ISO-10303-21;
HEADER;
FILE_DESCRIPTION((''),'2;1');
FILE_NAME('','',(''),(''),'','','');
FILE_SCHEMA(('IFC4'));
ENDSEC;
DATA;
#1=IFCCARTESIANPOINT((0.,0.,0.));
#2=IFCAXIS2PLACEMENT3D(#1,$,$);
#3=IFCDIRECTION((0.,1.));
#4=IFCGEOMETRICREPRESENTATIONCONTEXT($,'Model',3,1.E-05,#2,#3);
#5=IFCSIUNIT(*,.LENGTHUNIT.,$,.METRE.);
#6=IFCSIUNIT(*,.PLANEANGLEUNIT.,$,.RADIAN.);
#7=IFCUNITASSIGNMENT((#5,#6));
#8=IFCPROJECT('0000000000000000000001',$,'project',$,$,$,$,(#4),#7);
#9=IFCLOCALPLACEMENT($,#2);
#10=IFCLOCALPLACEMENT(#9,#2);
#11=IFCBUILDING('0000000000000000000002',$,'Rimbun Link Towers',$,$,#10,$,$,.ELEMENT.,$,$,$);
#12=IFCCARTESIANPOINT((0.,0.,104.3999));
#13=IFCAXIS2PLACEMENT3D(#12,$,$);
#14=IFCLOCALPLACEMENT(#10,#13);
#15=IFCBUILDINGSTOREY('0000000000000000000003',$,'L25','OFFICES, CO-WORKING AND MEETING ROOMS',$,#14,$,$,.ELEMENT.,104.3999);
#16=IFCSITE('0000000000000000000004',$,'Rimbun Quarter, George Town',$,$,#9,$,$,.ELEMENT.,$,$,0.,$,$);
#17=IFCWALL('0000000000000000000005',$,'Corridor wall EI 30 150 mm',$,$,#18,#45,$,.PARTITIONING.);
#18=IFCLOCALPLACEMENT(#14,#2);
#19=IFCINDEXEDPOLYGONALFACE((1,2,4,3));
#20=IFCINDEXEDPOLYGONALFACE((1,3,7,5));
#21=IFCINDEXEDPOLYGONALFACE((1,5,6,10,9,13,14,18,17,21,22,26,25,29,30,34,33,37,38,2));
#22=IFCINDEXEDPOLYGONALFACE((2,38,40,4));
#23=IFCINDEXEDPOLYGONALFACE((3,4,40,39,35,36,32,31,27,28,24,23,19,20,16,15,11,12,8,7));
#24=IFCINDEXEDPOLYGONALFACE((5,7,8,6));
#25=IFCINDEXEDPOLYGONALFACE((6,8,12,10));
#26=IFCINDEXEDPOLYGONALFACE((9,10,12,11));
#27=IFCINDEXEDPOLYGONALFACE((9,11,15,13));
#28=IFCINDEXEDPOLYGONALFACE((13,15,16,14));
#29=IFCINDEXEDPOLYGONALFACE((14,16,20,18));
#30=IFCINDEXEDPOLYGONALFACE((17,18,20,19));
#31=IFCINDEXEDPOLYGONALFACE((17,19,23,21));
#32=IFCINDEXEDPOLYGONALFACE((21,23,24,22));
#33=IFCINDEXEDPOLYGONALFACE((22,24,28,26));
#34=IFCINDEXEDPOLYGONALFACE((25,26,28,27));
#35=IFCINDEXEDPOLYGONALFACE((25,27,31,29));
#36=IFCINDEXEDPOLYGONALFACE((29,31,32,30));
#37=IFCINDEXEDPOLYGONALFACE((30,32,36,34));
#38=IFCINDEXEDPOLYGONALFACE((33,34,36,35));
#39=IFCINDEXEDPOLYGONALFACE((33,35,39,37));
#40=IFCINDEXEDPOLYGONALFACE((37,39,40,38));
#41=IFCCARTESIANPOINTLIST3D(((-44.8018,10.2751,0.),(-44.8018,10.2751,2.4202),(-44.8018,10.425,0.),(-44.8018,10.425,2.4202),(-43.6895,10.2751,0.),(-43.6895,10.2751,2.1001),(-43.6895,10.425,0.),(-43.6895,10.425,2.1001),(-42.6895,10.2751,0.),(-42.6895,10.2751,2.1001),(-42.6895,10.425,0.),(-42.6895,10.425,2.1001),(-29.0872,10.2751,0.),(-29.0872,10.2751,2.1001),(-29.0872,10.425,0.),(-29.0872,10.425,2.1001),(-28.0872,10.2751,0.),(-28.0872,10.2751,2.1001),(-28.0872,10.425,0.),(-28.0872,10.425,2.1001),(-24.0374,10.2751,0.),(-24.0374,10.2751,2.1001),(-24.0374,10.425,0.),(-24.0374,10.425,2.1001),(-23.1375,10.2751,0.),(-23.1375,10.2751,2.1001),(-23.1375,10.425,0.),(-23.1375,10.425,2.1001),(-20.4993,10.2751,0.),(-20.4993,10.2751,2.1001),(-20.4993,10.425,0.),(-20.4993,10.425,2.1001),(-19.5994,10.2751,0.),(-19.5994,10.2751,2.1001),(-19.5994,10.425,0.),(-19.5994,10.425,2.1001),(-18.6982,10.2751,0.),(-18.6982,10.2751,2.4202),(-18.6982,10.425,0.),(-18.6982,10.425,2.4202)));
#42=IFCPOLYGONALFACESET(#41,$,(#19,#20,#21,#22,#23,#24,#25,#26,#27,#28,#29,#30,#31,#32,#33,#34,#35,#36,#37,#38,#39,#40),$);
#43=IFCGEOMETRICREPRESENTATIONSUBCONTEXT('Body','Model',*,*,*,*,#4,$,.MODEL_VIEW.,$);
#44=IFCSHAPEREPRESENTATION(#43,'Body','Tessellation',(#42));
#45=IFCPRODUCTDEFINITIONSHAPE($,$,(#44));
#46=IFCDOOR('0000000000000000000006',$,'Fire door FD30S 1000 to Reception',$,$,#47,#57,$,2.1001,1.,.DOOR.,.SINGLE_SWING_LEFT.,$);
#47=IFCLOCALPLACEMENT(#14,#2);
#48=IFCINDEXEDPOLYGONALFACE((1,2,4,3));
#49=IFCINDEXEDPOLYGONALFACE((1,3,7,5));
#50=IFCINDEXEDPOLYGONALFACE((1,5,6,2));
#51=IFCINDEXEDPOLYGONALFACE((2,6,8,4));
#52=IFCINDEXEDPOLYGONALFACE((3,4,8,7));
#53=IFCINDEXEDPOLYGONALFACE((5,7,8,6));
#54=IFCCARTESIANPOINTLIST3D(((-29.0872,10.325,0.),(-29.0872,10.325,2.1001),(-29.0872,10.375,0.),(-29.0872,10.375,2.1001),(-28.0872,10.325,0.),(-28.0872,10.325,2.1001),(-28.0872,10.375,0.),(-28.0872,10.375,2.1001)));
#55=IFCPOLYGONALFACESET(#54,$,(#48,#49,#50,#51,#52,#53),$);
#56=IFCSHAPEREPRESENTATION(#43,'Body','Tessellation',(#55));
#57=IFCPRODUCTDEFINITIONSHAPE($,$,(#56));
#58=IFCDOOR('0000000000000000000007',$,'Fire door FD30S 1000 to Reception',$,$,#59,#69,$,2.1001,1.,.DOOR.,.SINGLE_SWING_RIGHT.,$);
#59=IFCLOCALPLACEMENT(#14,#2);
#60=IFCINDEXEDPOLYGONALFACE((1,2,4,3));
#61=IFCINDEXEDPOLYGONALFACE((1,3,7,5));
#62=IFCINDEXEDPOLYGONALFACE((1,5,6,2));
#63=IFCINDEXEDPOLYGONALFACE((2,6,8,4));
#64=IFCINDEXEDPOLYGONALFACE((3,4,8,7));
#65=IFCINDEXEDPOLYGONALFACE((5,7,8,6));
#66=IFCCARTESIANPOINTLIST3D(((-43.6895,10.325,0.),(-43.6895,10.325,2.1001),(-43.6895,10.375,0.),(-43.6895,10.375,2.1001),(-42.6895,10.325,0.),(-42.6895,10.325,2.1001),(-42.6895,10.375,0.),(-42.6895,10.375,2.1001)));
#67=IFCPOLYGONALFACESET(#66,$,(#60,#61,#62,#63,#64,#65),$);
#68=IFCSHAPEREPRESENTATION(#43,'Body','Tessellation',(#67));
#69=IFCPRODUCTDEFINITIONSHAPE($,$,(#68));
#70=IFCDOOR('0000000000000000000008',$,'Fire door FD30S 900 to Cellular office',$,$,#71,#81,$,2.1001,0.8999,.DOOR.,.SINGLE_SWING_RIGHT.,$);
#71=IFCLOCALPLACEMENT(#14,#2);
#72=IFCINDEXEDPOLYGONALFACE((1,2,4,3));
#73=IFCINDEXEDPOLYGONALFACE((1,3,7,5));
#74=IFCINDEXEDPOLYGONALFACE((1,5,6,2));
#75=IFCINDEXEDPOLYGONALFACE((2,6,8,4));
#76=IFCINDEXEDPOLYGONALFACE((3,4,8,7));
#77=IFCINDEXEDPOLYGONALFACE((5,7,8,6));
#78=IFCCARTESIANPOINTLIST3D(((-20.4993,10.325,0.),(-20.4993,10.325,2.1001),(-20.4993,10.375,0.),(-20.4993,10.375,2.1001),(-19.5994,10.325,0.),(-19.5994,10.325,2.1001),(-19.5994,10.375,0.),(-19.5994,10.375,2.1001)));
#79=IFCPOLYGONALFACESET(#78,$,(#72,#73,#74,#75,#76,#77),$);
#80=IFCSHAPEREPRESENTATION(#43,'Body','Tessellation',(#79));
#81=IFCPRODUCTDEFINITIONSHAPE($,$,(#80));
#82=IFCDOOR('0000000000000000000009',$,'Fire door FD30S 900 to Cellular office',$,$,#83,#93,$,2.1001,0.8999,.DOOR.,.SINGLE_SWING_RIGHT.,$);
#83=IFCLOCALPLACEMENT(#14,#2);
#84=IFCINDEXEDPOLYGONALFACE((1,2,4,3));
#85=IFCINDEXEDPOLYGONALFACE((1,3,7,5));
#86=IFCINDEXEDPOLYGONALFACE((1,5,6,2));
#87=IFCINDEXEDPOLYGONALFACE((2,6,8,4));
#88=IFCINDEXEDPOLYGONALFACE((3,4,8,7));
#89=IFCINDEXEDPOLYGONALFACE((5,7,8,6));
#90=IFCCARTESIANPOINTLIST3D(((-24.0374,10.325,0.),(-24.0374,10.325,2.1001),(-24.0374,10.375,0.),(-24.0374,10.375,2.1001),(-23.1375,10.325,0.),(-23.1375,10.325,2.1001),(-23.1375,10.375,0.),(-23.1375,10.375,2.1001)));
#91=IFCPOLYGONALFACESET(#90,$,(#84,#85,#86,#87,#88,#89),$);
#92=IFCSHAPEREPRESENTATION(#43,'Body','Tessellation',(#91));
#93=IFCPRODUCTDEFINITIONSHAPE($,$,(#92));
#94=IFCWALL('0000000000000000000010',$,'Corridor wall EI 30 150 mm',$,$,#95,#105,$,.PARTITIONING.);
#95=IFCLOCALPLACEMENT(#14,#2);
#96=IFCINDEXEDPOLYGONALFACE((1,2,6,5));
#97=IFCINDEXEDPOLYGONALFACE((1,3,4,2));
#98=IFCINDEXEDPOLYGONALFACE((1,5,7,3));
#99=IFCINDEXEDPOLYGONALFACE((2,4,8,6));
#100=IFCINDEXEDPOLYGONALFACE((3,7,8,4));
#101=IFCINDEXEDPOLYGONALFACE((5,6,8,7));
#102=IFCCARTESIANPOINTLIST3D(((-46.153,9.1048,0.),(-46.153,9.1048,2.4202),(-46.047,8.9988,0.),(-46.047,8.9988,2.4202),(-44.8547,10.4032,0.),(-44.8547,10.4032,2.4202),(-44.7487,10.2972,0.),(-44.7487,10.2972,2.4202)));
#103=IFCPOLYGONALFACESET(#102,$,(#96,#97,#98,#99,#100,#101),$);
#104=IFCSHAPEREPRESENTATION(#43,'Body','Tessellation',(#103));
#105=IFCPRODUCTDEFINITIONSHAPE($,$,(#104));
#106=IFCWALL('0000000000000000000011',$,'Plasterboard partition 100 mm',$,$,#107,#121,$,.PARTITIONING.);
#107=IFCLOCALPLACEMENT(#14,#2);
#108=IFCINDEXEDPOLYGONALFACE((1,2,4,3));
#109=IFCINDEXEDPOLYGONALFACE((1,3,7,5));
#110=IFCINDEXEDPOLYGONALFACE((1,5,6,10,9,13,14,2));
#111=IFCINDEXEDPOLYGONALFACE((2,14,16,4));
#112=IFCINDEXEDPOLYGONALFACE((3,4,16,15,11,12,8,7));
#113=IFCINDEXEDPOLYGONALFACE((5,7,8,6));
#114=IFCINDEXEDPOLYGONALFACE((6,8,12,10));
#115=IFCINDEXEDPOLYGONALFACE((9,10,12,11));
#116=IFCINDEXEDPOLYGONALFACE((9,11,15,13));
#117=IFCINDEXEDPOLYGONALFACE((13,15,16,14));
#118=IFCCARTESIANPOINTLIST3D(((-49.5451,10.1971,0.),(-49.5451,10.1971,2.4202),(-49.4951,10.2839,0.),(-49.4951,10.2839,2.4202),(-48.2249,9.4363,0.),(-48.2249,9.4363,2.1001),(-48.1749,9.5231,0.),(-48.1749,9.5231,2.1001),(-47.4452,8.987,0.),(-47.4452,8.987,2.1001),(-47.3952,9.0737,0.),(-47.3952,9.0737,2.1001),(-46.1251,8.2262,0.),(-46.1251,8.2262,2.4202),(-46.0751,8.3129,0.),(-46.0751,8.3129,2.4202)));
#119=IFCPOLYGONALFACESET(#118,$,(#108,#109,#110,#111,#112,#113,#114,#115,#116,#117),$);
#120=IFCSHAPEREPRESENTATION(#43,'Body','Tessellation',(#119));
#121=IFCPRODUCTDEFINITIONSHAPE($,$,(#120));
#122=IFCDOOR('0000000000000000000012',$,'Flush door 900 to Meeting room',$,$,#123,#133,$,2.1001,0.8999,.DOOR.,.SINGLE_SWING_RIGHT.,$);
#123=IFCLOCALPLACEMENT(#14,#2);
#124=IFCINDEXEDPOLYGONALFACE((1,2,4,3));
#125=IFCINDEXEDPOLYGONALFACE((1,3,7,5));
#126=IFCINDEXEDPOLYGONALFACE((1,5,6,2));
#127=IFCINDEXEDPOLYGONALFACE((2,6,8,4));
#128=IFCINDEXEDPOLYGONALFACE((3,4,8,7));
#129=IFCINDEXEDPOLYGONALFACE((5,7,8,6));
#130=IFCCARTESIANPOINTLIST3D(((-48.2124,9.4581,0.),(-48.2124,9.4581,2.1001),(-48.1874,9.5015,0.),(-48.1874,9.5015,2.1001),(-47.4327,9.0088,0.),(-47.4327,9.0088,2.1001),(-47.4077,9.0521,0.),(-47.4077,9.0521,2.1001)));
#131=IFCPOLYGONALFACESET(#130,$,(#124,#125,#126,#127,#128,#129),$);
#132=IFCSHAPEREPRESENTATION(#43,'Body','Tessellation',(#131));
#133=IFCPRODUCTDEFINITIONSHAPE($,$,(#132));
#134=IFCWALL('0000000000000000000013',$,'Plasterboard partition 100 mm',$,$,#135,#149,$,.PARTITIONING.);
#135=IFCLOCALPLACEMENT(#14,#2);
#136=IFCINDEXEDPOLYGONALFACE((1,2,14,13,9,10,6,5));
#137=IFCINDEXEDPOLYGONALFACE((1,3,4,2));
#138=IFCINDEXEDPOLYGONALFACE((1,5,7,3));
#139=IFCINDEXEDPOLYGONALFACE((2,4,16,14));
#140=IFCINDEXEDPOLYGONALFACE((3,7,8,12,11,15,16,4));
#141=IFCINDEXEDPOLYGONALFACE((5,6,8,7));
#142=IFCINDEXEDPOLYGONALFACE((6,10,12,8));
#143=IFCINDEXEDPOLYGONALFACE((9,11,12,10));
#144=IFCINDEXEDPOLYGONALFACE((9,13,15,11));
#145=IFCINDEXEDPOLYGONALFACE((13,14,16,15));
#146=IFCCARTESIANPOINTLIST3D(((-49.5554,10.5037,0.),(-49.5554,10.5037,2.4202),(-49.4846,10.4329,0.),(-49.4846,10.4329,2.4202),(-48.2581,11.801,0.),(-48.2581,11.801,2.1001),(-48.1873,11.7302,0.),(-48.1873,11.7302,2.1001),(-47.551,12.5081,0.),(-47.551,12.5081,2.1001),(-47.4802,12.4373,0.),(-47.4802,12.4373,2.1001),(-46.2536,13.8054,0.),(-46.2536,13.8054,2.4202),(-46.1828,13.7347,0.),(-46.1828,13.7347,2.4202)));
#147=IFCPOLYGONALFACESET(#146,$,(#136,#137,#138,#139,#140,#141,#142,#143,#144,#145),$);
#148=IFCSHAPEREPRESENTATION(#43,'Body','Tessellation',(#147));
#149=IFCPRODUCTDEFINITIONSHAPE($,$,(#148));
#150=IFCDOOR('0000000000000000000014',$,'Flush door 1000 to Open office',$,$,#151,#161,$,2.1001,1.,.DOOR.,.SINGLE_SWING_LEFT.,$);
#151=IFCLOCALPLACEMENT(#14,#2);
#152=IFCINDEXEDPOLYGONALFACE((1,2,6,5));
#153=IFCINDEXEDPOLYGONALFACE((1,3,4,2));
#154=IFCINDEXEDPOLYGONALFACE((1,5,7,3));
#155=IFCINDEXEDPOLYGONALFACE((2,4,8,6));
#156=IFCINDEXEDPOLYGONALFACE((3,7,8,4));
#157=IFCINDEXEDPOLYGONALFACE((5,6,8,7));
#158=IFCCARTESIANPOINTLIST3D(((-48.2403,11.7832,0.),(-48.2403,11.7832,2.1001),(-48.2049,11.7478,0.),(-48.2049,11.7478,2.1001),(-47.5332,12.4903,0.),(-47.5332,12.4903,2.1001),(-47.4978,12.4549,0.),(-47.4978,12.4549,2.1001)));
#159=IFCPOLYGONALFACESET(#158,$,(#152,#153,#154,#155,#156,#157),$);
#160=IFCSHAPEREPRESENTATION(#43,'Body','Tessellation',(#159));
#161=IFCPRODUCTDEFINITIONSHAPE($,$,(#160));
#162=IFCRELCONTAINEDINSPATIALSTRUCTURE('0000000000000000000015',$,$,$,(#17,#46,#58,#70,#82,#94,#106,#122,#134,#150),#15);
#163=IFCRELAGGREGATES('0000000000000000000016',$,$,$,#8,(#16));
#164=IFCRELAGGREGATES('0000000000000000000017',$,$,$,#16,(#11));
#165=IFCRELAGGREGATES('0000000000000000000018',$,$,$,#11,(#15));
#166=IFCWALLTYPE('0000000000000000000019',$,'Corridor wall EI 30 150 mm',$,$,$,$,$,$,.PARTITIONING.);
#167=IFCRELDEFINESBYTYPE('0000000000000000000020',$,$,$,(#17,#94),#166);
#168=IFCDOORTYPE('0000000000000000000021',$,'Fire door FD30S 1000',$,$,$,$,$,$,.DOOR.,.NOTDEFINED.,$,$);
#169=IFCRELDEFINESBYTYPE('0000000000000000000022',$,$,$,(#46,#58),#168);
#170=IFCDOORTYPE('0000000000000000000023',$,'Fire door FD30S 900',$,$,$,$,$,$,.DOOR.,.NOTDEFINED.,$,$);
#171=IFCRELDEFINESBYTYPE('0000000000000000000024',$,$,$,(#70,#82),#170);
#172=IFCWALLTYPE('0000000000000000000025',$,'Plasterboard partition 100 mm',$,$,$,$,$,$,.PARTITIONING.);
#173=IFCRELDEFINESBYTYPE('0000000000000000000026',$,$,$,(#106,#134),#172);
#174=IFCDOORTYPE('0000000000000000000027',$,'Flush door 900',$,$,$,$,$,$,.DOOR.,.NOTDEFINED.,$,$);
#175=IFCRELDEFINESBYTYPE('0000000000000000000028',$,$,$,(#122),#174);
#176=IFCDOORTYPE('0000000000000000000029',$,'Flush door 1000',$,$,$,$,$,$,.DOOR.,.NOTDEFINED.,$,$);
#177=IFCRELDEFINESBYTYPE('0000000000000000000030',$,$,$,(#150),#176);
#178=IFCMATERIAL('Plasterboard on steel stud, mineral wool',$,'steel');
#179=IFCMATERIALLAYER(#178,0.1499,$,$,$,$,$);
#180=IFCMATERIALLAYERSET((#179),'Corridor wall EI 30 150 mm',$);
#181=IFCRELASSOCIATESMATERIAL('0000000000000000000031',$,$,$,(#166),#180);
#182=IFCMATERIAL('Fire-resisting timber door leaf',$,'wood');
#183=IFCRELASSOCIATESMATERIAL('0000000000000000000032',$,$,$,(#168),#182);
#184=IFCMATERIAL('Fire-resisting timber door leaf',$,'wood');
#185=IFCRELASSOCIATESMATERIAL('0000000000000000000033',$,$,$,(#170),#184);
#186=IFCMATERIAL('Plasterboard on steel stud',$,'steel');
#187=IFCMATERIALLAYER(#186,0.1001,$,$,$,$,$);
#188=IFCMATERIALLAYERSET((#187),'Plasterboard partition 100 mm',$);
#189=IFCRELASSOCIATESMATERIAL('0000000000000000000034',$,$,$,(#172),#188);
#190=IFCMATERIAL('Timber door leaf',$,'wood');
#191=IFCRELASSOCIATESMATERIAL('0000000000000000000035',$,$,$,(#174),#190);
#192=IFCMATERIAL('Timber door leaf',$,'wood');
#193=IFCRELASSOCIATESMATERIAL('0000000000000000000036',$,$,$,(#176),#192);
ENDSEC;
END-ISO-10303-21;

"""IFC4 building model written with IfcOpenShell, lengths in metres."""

from ifc_helpers import new_model, si_unit, direction, frame, frame_2d, origin, place, context, subcontext, project, spatial, rectangle, extrude, material, layer, layer_set, type_object, element, fill, save


model = new_model("IFC4")

# Units and contexts
model_context = context("Model", 3, precision=1e-05, world=origin(), true_north=direction((0.0, 1.0)))
body_context = subcontext(model_context, "Body", "Model", "MODEL_VIEW")
ifc_project = project(units=[si_unit("LENGTHUNIT", "METRE"), si_unit("PLANEANGLEUNIT", "RADIAN")], contexts=[model_context])

# Site, building, storey
site_placement = place(None, origin())
site = spatial("IfcSite", under=ifc_project, at=site_placement, Name="Rimbun Quarter, George Town", CompositionType="ELEMENT", RefElevation=0.0)
building_placement = place(site_placement, origin())
building = spatial("IfcBuilding", under=site, at=building_placement, Name="Rimbun Link Towers", CompositionType="ELEMENT")
storey_placement = place(building_placement, frame((0.0, 0.0, 104.3999)))
storey = spatial("IfcBuildingStorey", under=building, at=storey_placement, Name="L25", Description="OFFICES, CO-WORKING AND MEETING ROOMS", CompositionType="ELEMENT", Elevation=104.3999)

# Wall, openings, doors
ifc_material_1 = material(Name="Plasterboard on steel stud, mineral wool", Category="steel")
ifc_layer_1 = layer(ifc_material_1, 0.1499)
ifc_layer_set_1 = layer_set([ifc_layer_1], Name="Corridor wall EI 30 150 mm")
wall_type_1 = type_object("IfcWallType", Name="Corridor wall EI 30 150 mm", PredefinedType="PARTITIONING", material=ifc_layer_set_1)
wall_1_placement = place(storey_placement, frame((-44.8018, 10.3501, 0.0), z_axis=(0.0, 0.0, 1.0), x_axis=(1.0, 0.0, 0.0)))
wall_1 = element("IfcWall", 1, at=wall_1_placement, inside=storey, type_object=wall_type_1, Name="Corridor wall EI 30 150 mm", PredefinedType="PARTITIONING", context=body_context, shape_type="SweptSolid", body=[
    extrude(rectangle(XDim=26.1035, YDim=0.1499, at=frame_2d((13.0518, 0.0))), origin(), (0.0, 0.0, 1.0), 2.4202),
])
opening_1_placement = place(wall_1_placement, frame((24.3025, 0.0, 0.0)))
opening_1 = element("IfcOpeningElement", 2, at=opening_1_placement, cuts=wall_1, PredefinedType="OPENING", context=body_context, shape_type="SweptSolid", body=[
    extrude(rectangle(XDim=0.8999, YDim=2.1001, at=frame_2d((0.45, 1.05))), frame((0.0, 0.085, 0.0), z_axis=(0.0, -1.0, 0.0), x_axis=(1.0, 0.0, 0.0)), (0.0, 0.0, 1.0), 0.1699),
])
opening_2_placement = place(wall_1_placement, frame((20.7644, 0.0, 0.0)))
opening_2 = element("IfcOpeningElement", 3, at=opening_2_placement, cuts=wall_1, PredefinedType="OPENING", context=body_context, shape_type="SweptSolid", body=[
    extrude(rectangle(XDim=0.8999, YDim=2.1001, at=frame_2d((0.45, 1.05))), frame((0.0, 0.085, 0.0), z_axis=(0.0, -1.0, 0.0), x_axis=(1.0, 0.0, 0.0)), (0.0, 0.0, 1.0), 0.1699),
])
opening_3_placement = place(wall_1_placement, frame((15.7146, 0.0, 0.0)))
opening_3 = element("IfcOpeningElement", 4, at=opening_3_placement, cuts=wall_1, PredefinedType="OPENING", context=body_context, shape_type="SweptSolid", body=[
    extrude(rectangle(XDim=1.0, YDim=2.1001, at=frame_2d((0.5, 1.05))), frame((0.0, 0.085, 0.0), z_axis=(0.0, -1.0, 0.0), x_axis=(1.0, 0.0, 0.0)), (0.0, 0.0, 1.0), 0.1699),
])
opening_4_placement = place(wall_1_placement, frame((1.1123, 0.0, 0.0)))
opening_4 = element("IfcOpeningElement", 5, at=opening_4_placement, cuts=wall_1, PredefinedType="OPENING", context=body_context, shape_type="SweptSolid", body=[
    extrude(rectangle(XDim=1.0, YDim=2.1001, at=frame_2d((0.5, 1.05))), frame((0.0, 0.085, 0.0), z_axis=(0.0, -1.0, 0.0), x_axis=(1.0, 0.0, 0.0)), (0.0, 0.0, 1.0), 0.1699),
])
ifc_material_2 = material(Name="Fire-resisting timber door leaf", Category="wood")
door_type_1 = type_object("IfcDoorType", Name="Fire door FD30S 1000", OperationType="NOTDEFINED", PredefinedType="DOOR", material=ifc_material_2)
door_1_placement = place(opening_3_placement, origin())
door_1 = element("IfcDoor", 6, at=door_1_placement, inside=storey, type_object=door_type_1, Name="Fire door FD30S 1000 to Reception", OperationType="SINGLE_SWING_LEFT", OverallHeight=2.1001, OverallWidth=1.0, PredefinedType="DOOR", context=body_context, shape_type="SweptSolid", body=[
    extrude(rectangle(XDim=1.0, YDim=2.1001, at=frame_2d((0.5, 1.05))), frame((0.0, 0.0249, 0.0), z_axis=(0.0, -1.0, 0.0), x_axis=(1.0, 0.0, 0.0)), (0.0, 0.0, 1.0), 0.05),
])
fill(opening_3, door_1)
door_2_placement = place(opening_4_placement, origin())
door_2 = element("IfcDoor", 7, at=door_2_placement, inside=storey, type_object=door_type_1, Name="Fire door FD30S 1000 to Reception", OperationType="SINGLE_SWING_RIGHT", OverallHeight=2.1001, OverallWidth=1.0, PredefinedType="DOOR", context=body_context, shape_type="SweptSolid", body=[
    extrude(rectangle(XDim=1.0, YDim=2.1001, at=frame_2d((0.5, 1.05))), frame((0.0, 0.0249, 0.0), z_axis=(0.0, -1.0, 0.0), x_axis=(1.0, 0.0, 0.0)), (0.0, 0.0, 1.0), 0.05),
])
fill(opening_4, door_2)
ifc_material_3 = material(Name="Fire-resisting timber door leaf", Category="wood")
door_type_2 = type_object("IfcDoorType", Name="Fire door FD30S 900", OperationType="NOTDEFINED", PredefinedType="DOOR", material=ifc_material_3)
door_3_placement = place(opening_1_placement, origin())
door_3 = element("IfcDoor", 8, at=door_3_placement, inside=storey, type_object=door_type_2, Name="Fire door FD30S 900 to Cellular office", OperationType="SINGLE_SWING_RIGHT", OverallHeight=2.1001, OverallWidth=0.8999, PredefinedType="DOOR", context=body_context, shape_type="SweptSolid", body=[
    extrude(rectangle(XDim=0.8999, YDim=2.1001, at=frame_2d((0.45, 1.05))), frame((0.0, 0.0249, 0.0), z_axis=(0.0, -1.0, 0.0), x_axis=(1.0, 0.0, 0.0)), (0.0, 0.0, 1.0), 0.05),
])
fill(opening_1, door_3)
door_4_placement = place(opening_2_placement, origin())
door_4 = element("IfcDoor", 9, at=door_4_placement, inside=storey, type_object=door_type_2, Name="Fire door FD30S 900 to Cellular office", OperationType="SINGLE_SWING_RIGHT", OverallHeight=2.1001, OverallWidth=0.8999, PredefinedType="DOOR", context=body_context, shape_type="SweptSolid", body=[
    extrude(rectangle(XDim=0.8999, YDim=2.1001, at=frame_2d((0.45, 1.05))), frame((0.0, 0.0249, 0.0), z_axis=(0.0, -1.0, 0.0), x_axis=(1.0, 0.0, 0.0)), (0.0, 0.0, 1.0), 0.05),
])
fill(opening_2, door_4)

# Wall
wall_2_placement = place(storey_placement, frame((-44.8018, 10.3501, 0.0), z_axis=(0.0, 0.0, 1.0), x_axis=(-0.707107, -0.707107, 0.0)))
element("IfcWall", 10, at=wall_2_placement, inside=storey, type_object=wall_type_1, Name="Corridor wall EI 30 150 mm", PredefinedType="PARTITIONING", context=body_context, shape_type="SweptSolid", body=[
    extrude(rectangle(XDim=1.8362, YDim=0.1499, at=frame_2d((0.918, 0.0))), origin(), (0.0, 0.0, 1.0), 2.4202),
])

# Walls, openings, doors
ifc_material_4 = material(Name="Plasterboard on steel stud", Category="steel")
ifc_layer_2 = layer(ifc_material_4, 0.1001)
ifc_layer_set_2 = layer_set([ifc_layer_2], Name="Plasterboard partition 100 mm")
wall_type_2 = type_object("IfcWallType", Name="Plasterboard partition 100 mm", PredefinedType="PARTITIONING", material=ifc_layer_set_2)
wall_3_placement = place(storey_placement, frame((-46.1001, 8.2695, 0.0), z_axis=(0.0, 0.0, 1.0), x_axis=(-0.866414, 0.499326, 0.0)))
wall_3 = element("IfcWall", 11, at=wall_3_placement, inside=storey, type_object=wall_type_2, Name="Plasterboard partition 100 mm", PredefinedType="PARTITIONING", context=body_context, shape_type="SweptSolid", body=[
    extrude(rectangle(XDim=3.9473, YDim=0.1001, at=frame_2d((1.9736, 0.0))), origin(), (0.0, 0.0, 1.0), 2.4202),
])
opening_5_placement = place(wall_3_placement, frame((1.5237, 0.0, 0.0)))
opening_5 = element("IfcOpeningElement", 12, at=opening_5_placement, cuts=wall_3, PredefinedType="OPENING", context=body_context, shape_type="SweptSolid", body=[
    extrude(rectangle(XDim=0.8999, YDim=2.1001, at=frame_2d((0.45, 1.05))), frame((0.0, 0.0601, 0.0), z_axis=(0.0, -1.0, 0.0), x_axis=(1.0, 0.0, 0.0)), (0.0, 0.0, 1.0), 0.1201),
])
ifc_material_5 = material(Name="Timber door leaf", Category="wood")
door_type_3 = type_object("IfcDoorType", Name="Flush door 900", OperationType="NOTDEFINED", PredefinedType="DOOR", material=ifc_material_5)
door_5_placement = place(opening_5_placement, origin())
door_5 = element("IfcDoor", 13, at=door_5_placement, inside=storey, type_object=door_type_3, Name="Flush door 900 to Meeting room", OperationType="SINGLE_SWING_RIGHT", OverallHeight=2.1001, OverallWidth=0.8999, PredefinedType="DOOR", context=body_context, shape_type="SweptSolid", body=[
    extrude(rectangle(XDim=0.8999, YDim=2.1001, at=frame_2d((0.45, 1.05))), frame((0.0, 0.0249, 0.0), z_axis=(0.0, -1.0, 0.0), x_axis=(1.0, 0.0, 0.0)), (0.0, 0.0, 1.0), 0.05),
])
fill(opening_5, door_5)
wall_4_placement = place(storey_placement, frame((-49.52, 10.4683, 0.0), z_axis=(0.0, 0.0, 1.0), x_axis=(0.707107, 0.707107, 0.0)))
wall_4 = element("IfcWall", 14, at=wall_4_placement, inside=storey, type_object=wall_type_2, Name="Plasterboard partition 100 mm", PredefinedType="PARTITIONING", context=body_context, shape_type="SweptSolid", body=[
    extrude(rectangle(XDim=4.6694, YDim=0.1001, at=frame_2d((2.3347, 0.0))), origin(), (0.0, 0.0, 1.0), 2.4202),
])
opening_6_placement = place(wall_4_placement, frame((1.8347, 0.0, 0.0)))
opening_6 = element("IfcOpeningElement", 15, at=opening_6_placement, cuts=wall_4, PredefinedType="OPENING", context=body_context, shape_type="SweptSolid", body=[
    extrude(rectangle(XDim=1.0, YDim=2.1001, at=frame_2d((0.5, 1.05))), frame((0.0, 0.0601, 0.0), z_axis=(0.0, -1.0, 0.0), x_axis=(1.0, 0.0, 0.0)), (0.0, 0.0, 1.0), 0.1201),
])
ifc_material_6 = material(Name="Timber door leaf", Category="wood")
door_type_4 = type_object("IfcDoorType", Name="Flush door 1000", OperationType="NOTDEFINED", PredefinedType="DOOR", material=ifc_material_6)
door_6_placement = place(opening_6_placement, origin())
door_6 = element("IfcDoor", 16, at=door_6_placement, inside=storey, type_object=door_type_4, Name="Flush door 1000 to Open office", OperationType="SINGLE_SWING_LEFT", OverallHeight=2.1001, OverallWidth=1.0, PredefinedType="DOOR", context=body_context, shape_type="SweptSolid", body=[
    extrude(rectangle(XDim=1.0, YDim=2.1001, at=frame_2d((0.5, 1.05))), frame((0.0, 0.0249, 0.0), z_axis=(0.0, -1.0, 0.0), x_axis=(1.0, 0.0, 0.0)), (0.0, 0.0, 1.0), 0.05),
])
fill(opening_6, door_6)

save(model, "model.ifc")
